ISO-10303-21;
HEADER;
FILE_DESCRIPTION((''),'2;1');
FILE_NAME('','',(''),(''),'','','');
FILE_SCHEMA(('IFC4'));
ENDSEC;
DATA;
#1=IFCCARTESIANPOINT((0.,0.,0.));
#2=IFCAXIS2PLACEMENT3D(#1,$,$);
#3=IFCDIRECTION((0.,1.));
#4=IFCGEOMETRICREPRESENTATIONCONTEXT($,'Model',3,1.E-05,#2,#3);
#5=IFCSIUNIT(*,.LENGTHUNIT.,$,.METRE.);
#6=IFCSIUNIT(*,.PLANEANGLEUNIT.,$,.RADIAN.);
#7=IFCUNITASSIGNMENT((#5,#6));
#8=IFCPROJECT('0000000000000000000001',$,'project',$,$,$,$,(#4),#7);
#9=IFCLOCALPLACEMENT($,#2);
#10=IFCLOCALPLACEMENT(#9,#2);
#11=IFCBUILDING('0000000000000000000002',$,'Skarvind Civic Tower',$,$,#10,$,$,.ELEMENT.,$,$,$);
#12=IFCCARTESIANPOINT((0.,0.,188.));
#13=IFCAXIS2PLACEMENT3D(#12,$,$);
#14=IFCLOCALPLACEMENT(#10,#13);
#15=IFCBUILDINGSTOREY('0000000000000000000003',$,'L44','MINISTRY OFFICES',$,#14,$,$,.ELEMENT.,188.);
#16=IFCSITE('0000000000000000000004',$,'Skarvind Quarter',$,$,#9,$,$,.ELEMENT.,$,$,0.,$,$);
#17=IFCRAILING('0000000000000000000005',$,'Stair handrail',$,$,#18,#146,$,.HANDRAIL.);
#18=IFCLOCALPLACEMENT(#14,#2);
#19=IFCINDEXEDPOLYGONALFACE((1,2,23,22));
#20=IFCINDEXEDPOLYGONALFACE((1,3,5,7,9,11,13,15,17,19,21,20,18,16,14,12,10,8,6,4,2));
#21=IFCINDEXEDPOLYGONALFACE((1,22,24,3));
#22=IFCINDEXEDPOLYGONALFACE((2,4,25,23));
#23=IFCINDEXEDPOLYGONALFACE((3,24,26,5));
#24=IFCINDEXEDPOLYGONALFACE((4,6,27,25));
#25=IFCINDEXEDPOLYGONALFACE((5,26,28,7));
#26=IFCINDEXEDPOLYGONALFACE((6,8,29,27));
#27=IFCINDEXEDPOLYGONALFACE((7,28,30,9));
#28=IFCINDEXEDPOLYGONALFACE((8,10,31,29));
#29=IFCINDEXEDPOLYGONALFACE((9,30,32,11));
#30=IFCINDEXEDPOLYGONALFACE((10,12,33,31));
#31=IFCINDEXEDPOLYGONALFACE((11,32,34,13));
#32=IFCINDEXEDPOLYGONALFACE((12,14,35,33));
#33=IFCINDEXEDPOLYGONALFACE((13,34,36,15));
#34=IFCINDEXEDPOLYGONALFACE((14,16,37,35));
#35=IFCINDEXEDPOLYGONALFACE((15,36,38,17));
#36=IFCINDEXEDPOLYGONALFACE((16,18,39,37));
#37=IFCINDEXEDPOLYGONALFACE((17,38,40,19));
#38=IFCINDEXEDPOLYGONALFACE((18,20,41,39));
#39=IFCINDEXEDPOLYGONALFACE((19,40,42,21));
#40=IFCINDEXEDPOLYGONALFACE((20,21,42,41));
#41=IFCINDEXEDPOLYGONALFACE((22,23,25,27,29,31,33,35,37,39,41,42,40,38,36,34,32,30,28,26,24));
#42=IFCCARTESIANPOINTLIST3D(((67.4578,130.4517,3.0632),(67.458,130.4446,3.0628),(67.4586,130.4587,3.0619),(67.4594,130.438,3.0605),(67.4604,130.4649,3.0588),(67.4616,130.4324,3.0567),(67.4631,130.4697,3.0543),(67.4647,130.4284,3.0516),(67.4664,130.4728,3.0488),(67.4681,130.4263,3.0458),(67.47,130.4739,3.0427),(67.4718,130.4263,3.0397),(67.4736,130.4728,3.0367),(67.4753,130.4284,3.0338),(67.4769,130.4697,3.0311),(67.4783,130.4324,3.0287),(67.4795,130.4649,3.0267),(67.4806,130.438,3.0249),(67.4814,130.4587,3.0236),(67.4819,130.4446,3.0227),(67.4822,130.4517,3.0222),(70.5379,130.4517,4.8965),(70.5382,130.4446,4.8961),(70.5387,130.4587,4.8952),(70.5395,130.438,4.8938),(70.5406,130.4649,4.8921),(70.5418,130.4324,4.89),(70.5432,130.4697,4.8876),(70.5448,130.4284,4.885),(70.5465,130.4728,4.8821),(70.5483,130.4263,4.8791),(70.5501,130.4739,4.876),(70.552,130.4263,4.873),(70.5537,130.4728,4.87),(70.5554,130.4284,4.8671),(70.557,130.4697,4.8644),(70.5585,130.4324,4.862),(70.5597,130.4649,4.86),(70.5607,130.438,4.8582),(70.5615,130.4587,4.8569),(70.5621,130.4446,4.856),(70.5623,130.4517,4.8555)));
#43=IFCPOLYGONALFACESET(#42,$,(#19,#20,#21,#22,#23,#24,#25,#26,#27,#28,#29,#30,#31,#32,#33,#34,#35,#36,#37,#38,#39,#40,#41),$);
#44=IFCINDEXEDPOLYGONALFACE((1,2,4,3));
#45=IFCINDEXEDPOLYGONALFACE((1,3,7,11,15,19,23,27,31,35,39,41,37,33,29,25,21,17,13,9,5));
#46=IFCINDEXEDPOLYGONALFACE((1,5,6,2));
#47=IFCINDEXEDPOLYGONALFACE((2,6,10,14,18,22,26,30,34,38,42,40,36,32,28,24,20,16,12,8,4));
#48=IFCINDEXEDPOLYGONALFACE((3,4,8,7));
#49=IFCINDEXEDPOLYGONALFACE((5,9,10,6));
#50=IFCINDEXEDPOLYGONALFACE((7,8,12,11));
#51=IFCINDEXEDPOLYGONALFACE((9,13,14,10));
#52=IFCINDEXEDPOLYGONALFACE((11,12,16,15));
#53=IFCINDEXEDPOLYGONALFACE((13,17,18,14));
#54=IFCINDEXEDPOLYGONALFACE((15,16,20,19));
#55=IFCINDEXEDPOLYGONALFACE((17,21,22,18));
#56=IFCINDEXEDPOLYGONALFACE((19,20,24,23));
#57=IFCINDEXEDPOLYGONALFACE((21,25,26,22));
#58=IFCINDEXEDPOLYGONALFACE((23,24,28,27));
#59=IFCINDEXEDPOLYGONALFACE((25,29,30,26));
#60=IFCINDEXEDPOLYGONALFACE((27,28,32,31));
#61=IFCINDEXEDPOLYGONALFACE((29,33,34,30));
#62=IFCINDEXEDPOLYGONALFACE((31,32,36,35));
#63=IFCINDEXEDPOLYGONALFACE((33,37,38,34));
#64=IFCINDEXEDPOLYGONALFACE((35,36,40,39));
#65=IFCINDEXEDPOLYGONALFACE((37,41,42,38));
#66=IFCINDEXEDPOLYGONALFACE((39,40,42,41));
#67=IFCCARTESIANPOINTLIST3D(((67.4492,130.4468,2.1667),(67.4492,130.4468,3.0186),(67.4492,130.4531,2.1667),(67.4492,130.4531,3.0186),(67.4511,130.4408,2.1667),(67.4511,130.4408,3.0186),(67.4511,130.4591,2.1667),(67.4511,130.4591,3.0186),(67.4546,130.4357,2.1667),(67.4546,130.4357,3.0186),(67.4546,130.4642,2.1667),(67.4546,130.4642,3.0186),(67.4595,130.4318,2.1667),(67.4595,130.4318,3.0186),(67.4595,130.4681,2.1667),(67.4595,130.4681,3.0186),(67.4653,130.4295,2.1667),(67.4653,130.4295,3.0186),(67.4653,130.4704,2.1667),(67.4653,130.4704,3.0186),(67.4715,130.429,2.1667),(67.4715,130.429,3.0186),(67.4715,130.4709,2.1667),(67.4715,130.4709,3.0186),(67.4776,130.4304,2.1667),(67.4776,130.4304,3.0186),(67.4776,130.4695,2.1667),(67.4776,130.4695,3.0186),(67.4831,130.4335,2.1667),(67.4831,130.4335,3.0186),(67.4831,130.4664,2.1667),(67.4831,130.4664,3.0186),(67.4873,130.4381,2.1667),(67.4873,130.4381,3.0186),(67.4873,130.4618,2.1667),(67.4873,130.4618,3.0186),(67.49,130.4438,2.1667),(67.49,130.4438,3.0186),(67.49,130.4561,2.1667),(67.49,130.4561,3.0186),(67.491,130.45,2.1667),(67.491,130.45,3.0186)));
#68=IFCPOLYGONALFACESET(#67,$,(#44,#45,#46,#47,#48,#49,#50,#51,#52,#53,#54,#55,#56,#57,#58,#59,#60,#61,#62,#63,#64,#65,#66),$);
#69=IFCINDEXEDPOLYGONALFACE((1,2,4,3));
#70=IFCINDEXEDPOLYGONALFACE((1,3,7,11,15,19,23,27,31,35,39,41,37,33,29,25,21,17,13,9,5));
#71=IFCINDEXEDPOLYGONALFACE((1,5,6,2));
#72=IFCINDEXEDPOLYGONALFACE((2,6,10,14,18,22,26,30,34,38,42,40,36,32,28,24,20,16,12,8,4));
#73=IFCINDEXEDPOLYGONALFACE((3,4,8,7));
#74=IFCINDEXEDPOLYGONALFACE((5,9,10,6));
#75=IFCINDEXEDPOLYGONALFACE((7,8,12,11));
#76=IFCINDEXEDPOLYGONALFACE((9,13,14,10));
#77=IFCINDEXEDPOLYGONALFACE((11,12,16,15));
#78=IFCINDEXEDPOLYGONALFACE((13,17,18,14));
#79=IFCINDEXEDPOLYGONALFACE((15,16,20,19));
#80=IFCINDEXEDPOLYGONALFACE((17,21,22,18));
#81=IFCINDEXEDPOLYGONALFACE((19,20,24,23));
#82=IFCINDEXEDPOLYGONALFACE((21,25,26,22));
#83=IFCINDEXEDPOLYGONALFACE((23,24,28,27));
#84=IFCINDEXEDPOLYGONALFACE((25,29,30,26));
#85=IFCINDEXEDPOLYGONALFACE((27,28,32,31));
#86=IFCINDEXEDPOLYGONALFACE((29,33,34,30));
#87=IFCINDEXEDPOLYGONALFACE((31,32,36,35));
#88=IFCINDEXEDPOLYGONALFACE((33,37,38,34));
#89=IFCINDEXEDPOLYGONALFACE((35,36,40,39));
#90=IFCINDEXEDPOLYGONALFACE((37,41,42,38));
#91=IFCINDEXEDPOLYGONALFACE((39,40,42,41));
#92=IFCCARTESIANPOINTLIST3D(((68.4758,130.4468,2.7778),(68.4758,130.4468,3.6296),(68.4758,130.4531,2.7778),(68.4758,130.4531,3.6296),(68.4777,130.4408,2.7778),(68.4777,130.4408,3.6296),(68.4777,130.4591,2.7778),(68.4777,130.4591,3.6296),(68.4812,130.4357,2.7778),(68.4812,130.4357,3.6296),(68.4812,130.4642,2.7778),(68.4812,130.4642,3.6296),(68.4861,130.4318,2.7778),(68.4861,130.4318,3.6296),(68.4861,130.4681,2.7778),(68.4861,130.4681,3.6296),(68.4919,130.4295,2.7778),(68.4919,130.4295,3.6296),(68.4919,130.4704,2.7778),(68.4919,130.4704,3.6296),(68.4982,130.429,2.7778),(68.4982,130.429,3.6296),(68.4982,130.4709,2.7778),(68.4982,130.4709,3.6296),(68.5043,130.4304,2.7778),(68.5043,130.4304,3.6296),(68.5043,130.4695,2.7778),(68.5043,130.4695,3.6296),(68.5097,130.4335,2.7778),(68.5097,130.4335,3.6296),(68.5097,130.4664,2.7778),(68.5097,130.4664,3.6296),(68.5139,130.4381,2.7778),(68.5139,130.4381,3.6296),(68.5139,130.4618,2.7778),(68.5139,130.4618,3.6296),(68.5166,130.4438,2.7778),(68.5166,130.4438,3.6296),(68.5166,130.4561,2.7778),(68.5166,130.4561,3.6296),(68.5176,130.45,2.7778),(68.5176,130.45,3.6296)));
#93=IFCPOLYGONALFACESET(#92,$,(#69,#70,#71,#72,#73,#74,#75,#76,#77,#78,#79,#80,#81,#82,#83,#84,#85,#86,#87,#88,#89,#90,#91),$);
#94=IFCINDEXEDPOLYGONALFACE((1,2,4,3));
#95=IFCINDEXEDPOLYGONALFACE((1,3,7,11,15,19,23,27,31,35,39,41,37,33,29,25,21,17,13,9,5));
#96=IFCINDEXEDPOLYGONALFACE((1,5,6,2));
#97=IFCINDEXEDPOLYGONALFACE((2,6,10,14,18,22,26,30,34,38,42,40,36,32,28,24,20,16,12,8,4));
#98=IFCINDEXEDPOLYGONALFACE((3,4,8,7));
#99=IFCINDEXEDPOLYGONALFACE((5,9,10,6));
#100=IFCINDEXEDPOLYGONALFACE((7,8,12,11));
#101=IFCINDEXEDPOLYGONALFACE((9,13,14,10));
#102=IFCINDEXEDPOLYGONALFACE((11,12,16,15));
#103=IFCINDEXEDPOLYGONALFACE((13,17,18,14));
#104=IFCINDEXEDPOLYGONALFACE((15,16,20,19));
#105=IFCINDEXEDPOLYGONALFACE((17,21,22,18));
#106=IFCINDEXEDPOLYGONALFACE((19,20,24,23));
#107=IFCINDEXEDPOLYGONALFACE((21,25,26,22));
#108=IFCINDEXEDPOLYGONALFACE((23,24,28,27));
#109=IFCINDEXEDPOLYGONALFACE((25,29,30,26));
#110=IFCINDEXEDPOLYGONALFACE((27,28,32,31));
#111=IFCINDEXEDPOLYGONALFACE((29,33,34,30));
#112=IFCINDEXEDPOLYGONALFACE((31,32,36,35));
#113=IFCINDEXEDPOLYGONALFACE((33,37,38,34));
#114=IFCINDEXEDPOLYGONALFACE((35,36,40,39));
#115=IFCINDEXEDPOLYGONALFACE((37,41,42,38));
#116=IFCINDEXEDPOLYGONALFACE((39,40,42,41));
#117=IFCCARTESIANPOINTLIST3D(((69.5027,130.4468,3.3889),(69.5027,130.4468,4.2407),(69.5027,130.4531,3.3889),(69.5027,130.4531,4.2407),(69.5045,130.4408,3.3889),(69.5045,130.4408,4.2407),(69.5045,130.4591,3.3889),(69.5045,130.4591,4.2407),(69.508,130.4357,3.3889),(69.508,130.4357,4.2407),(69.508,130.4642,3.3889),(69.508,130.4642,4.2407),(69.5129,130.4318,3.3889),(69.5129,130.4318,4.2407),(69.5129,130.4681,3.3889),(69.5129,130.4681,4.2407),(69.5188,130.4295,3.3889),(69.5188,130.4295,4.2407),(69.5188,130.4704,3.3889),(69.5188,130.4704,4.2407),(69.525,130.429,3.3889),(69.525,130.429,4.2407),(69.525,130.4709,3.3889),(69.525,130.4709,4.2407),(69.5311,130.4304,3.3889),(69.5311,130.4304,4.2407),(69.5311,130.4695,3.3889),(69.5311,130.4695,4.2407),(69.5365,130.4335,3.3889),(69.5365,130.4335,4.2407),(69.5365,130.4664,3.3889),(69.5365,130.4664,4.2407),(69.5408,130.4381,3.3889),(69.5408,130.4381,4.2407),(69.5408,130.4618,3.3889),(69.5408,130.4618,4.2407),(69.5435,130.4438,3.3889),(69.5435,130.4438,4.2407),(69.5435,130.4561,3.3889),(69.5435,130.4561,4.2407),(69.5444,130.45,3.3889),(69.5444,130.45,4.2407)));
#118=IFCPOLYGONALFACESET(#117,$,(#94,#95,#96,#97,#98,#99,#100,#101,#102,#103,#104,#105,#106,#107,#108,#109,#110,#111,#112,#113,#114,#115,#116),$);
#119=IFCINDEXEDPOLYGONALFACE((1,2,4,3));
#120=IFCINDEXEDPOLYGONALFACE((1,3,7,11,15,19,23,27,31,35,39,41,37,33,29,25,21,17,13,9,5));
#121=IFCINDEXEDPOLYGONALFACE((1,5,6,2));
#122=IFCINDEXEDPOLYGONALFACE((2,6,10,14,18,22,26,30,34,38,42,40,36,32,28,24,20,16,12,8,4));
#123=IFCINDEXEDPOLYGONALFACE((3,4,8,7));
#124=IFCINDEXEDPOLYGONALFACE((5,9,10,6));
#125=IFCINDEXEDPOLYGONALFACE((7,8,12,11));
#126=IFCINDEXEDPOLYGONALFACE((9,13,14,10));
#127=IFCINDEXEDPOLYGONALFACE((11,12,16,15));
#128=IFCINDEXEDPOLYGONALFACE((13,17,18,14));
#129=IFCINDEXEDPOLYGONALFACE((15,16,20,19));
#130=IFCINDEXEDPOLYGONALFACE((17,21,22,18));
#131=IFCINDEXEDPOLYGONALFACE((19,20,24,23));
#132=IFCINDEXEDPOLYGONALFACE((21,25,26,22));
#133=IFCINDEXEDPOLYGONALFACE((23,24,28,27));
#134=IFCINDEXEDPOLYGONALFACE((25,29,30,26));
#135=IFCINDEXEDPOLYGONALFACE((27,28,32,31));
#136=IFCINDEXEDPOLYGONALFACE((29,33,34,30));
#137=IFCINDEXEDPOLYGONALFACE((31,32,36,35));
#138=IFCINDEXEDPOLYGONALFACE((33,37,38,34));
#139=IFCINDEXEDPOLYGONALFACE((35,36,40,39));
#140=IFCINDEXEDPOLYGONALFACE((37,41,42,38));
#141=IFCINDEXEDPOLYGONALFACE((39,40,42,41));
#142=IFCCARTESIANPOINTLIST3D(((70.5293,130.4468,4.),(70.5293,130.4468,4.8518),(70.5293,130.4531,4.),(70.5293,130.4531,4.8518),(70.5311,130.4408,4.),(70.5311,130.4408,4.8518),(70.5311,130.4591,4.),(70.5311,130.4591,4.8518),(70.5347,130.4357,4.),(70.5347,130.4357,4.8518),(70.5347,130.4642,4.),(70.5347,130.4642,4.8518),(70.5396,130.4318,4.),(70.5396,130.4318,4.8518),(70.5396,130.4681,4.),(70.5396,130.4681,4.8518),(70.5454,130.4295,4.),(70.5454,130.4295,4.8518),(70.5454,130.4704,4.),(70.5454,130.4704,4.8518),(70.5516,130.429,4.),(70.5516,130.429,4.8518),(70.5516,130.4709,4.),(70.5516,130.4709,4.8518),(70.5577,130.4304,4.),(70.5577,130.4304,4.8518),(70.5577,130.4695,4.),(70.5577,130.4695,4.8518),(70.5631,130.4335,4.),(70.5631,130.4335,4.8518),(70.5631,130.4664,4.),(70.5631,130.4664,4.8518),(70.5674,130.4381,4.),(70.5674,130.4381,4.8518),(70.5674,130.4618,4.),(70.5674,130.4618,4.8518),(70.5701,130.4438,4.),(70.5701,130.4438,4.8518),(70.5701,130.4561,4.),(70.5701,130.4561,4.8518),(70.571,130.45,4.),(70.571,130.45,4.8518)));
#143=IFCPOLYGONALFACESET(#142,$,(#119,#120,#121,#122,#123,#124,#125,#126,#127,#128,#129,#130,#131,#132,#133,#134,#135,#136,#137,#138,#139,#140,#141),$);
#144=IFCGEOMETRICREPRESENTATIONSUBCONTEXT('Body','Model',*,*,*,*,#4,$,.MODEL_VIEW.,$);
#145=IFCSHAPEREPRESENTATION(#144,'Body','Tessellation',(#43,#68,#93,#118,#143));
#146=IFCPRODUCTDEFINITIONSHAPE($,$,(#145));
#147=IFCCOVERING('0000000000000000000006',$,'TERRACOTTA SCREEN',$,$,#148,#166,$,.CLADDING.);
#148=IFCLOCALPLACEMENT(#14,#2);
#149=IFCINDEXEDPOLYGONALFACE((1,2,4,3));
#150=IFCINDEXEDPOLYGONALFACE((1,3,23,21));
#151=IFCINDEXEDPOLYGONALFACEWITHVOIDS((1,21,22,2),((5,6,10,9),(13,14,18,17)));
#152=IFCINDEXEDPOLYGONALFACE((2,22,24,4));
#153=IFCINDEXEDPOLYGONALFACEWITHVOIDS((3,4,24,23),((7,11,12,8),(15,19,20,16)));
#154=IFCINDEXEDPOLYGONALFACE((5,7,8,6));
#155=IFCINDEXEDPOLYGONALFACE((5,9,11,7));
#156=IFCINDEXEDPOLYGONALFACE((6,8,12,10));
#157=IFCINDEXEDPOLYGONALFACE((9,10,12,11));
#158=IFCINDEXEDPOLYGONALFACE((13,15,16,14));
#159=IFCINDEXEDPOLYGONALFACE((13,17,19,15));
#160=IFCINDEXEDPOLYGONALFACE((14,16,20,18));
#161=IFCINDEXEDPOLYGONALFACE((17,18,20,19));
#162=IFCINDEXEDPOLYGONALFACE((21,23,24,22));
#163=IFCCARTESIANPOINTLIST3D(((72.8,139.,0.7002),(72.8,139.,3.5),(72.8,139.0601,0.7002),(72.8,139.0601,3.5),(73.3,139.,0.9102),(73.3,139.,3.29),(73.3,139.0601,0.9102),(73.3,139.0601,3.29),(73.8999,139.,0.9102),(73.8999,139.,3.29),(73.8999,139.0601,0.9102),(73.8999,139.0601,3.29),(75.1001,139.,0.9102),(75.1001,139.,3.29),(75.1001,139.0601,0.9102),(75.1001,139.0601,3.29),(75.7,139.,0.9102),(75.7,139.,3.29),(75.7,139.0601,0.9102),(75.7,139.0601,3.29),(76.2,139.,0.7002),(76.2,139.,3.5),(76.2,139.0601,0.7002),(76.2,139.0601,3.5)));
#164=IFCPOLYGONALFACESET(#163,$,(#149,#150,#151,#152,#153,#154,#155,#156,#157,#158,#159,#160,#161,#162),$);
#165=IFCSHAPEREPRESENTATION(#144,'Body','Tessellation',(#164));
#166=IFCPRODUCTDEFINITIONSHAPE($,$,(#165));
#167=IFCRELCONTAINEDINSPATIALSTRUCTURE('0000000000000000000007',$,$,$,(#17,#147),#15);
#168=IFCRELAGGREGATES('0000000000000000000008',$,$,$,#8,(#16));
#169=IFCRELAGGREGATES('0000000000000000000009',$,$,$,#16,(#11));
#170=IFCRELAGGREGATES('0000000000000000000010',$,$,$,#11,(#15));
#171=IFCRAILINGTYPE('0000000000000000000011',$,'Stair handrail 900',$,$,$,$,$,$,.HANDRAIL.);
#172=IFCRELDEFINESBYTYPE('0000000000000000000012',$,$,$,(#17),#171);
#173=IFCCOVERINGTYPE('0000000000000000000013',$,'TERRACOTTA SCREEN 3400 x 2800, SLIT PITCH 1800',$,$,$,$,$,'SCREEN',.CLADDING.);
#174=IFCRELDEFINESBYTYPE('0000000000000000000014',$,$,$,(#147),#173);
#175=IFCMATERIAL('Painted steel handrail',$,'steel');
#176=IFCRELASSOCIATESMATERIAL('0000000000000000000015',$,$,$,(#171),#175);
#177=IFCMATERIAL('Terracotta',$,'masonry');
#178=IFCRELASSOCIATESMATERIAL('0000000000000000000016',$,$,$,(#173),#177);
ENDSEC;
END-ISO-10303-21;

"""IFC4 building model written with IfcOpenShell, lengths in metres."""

from ifc_helpers import new_model, si_unit, direction, frame, origin, origin_2d, place, context, subcontext, project, spatial, polyline, circle, outline, extrude, material, material_profile, profile_set, type_object, element, save


model = new_model("IFC4")

# Units and contexts
model_context = context("Model", 3, precision=1e-05, world=origin(), true_north=direction((0.0, 1.0)))
body_context = subcontext(model_context, "Body", "Model", "MODEL_VIEW")
ifc_project = project(units=[si_unit("LENGTHUNIT", "METRE"), si_unit("PLANEANGLEUNIT", "RADIAN")], contexts=[model_context])

# Site, building, storey
site_placement = place(None, origin())
site = spatial("IfcSite", under=ifc_project, at=site_placement, Name="Skarvind Quarter", CompositionType="ELEMENT", RefElevation=0.0)
building_placement = place(site_placement, origin())
building = spatial("IfcBuilding", under=site, at=building_placement, Name="Skarvind Civic Tower", CompositionType="ELEMENT")
storey_placement = place(building_placement, frame((0.0, 0.0, 188.0)))
storey = spatial("IfcBuildingStorey", under=building, at=storey_placement, Name="L44", Description="MINISTRY OFFICES", CompositionType="ELEMENT", Elevation=188.0)

# Railing
ifc_material_1 = material(Name="Painted steel handrail", Category="steel")
railing_type = type_object("IfcRailingType", Name="Stair handrail 900", PredefinedType="HANDRAIL", material=ifc_material_1)
railing_1_placement = place(storey_placement, frame((67.47, 130.45, 2.1667)))
element("IfcRailing", 1, at=railing_1_placement, inside=storey, type_object=railing_type, Name="Stair handrail", PredefinedType="HANDRAIL", context=body_context, shape_type="SweptSolid", body=[
    extrude(circle(Radius=0.0239, at=origin_2d()), frame((0.0, 0.0, 0.876), z_axis=(0.859309, 0.0, 0.511458), x_axis=(0.0, 1.0, 0.0)), (0.0, 0.0, 1.0), 3.5845),
    extrude(circle(Radius=0.021, at=origin_2d()), origin(), (0.0, 0.0, 1.0), 0.8518),
    extrude(circle(Radius=0.021, at=origin_2d()), frame((1.0266, 0.0, 0.6111)), (0.0, 0.0, 1.0), 0.8518),
    extrude(circle(Radius=0.021, at=origin_2d()), frame((2.0535, 0.0, 1.2222)), (0.0, 0.0, 1.0), 0.8518),
    extrude(circle(Radius=0.021, at=origin_2d()), frame((3.0801, 0.0, 1.8333)), (0.0, 0.0, 1.0), 0.8518),
])

# Covering
ifc_material_2 = material(Name="Terracotta", Category="masonry")
ifc_material_profile_1 = material_profile(ifc_material_2, outline(polyline([(-1.7, -1.3999), (1.7, -1.3999), (1.7, 1.3999), (-1.7, 1.3999), (-1.7, -1.3999)]), holes=[polyline([(-1.2, -1.1899), (-0.6001, -1.1899), (-0.6001, 1.1899), (-1.2, 1.1899), (-1.2, -1.1899)]), polyline([(0.6001, -1.1899), (1.2, -1.1899), (1.2, 1.1899), (0.6001, 1.1899), (0.6001, -1.1899)])]), Name="TERRACOTTA SCREEN 3400 x 2800, SLIT PITCH 1800")
ifc_profile_set_1 = profile_set([ifc_material_profile_1], Name="Terracotta")
covering_type = type_object("IfcCoveringType", Name="TERRACOTTA SCREEN 3400 x 2800, SLIT PITCH 1800", ElementType="SCREEN", PredefinedType="CLADDING", material=ifc_profile_set_1)
covering_placement = place(storey_placement, frame((74.5, 139.0, 2.1001), z_axis=(0.0, 1.0, 0.0), x_axis=(-1.0, 0.0, 0.0)))
element("IfcCovering", 2, at=covering_placement, inside=storey, type_object=covering_type, Name="TERRACOTTA SCREEN", PredefinedType="CLADDING", context=body_context, shape_type="SweptSolid", body=[
    extrude(outline(polyline([(-1.7, -1.3999), (1.7, -1.3999), (1.7, 1.3999), (-1.7, 1.3999), (-1.7, -1.3999)]), holes=[polyline([(-1.2, -1.1899), (-0.6001, -1.1899), (-0.6001, 1.1899), (-1.2, 1.1899), (-1.2, -1.1899)]), polyline([(0.6001, -1.1899), (1.2, -1.1899), (1.2, 1.1899), (0.6001, 1.1899), (0.6001, -1.1899)])]), origin(), (0.0, 0.0, 1.0), 0.0601),
])

save(model, "model.ifc")
